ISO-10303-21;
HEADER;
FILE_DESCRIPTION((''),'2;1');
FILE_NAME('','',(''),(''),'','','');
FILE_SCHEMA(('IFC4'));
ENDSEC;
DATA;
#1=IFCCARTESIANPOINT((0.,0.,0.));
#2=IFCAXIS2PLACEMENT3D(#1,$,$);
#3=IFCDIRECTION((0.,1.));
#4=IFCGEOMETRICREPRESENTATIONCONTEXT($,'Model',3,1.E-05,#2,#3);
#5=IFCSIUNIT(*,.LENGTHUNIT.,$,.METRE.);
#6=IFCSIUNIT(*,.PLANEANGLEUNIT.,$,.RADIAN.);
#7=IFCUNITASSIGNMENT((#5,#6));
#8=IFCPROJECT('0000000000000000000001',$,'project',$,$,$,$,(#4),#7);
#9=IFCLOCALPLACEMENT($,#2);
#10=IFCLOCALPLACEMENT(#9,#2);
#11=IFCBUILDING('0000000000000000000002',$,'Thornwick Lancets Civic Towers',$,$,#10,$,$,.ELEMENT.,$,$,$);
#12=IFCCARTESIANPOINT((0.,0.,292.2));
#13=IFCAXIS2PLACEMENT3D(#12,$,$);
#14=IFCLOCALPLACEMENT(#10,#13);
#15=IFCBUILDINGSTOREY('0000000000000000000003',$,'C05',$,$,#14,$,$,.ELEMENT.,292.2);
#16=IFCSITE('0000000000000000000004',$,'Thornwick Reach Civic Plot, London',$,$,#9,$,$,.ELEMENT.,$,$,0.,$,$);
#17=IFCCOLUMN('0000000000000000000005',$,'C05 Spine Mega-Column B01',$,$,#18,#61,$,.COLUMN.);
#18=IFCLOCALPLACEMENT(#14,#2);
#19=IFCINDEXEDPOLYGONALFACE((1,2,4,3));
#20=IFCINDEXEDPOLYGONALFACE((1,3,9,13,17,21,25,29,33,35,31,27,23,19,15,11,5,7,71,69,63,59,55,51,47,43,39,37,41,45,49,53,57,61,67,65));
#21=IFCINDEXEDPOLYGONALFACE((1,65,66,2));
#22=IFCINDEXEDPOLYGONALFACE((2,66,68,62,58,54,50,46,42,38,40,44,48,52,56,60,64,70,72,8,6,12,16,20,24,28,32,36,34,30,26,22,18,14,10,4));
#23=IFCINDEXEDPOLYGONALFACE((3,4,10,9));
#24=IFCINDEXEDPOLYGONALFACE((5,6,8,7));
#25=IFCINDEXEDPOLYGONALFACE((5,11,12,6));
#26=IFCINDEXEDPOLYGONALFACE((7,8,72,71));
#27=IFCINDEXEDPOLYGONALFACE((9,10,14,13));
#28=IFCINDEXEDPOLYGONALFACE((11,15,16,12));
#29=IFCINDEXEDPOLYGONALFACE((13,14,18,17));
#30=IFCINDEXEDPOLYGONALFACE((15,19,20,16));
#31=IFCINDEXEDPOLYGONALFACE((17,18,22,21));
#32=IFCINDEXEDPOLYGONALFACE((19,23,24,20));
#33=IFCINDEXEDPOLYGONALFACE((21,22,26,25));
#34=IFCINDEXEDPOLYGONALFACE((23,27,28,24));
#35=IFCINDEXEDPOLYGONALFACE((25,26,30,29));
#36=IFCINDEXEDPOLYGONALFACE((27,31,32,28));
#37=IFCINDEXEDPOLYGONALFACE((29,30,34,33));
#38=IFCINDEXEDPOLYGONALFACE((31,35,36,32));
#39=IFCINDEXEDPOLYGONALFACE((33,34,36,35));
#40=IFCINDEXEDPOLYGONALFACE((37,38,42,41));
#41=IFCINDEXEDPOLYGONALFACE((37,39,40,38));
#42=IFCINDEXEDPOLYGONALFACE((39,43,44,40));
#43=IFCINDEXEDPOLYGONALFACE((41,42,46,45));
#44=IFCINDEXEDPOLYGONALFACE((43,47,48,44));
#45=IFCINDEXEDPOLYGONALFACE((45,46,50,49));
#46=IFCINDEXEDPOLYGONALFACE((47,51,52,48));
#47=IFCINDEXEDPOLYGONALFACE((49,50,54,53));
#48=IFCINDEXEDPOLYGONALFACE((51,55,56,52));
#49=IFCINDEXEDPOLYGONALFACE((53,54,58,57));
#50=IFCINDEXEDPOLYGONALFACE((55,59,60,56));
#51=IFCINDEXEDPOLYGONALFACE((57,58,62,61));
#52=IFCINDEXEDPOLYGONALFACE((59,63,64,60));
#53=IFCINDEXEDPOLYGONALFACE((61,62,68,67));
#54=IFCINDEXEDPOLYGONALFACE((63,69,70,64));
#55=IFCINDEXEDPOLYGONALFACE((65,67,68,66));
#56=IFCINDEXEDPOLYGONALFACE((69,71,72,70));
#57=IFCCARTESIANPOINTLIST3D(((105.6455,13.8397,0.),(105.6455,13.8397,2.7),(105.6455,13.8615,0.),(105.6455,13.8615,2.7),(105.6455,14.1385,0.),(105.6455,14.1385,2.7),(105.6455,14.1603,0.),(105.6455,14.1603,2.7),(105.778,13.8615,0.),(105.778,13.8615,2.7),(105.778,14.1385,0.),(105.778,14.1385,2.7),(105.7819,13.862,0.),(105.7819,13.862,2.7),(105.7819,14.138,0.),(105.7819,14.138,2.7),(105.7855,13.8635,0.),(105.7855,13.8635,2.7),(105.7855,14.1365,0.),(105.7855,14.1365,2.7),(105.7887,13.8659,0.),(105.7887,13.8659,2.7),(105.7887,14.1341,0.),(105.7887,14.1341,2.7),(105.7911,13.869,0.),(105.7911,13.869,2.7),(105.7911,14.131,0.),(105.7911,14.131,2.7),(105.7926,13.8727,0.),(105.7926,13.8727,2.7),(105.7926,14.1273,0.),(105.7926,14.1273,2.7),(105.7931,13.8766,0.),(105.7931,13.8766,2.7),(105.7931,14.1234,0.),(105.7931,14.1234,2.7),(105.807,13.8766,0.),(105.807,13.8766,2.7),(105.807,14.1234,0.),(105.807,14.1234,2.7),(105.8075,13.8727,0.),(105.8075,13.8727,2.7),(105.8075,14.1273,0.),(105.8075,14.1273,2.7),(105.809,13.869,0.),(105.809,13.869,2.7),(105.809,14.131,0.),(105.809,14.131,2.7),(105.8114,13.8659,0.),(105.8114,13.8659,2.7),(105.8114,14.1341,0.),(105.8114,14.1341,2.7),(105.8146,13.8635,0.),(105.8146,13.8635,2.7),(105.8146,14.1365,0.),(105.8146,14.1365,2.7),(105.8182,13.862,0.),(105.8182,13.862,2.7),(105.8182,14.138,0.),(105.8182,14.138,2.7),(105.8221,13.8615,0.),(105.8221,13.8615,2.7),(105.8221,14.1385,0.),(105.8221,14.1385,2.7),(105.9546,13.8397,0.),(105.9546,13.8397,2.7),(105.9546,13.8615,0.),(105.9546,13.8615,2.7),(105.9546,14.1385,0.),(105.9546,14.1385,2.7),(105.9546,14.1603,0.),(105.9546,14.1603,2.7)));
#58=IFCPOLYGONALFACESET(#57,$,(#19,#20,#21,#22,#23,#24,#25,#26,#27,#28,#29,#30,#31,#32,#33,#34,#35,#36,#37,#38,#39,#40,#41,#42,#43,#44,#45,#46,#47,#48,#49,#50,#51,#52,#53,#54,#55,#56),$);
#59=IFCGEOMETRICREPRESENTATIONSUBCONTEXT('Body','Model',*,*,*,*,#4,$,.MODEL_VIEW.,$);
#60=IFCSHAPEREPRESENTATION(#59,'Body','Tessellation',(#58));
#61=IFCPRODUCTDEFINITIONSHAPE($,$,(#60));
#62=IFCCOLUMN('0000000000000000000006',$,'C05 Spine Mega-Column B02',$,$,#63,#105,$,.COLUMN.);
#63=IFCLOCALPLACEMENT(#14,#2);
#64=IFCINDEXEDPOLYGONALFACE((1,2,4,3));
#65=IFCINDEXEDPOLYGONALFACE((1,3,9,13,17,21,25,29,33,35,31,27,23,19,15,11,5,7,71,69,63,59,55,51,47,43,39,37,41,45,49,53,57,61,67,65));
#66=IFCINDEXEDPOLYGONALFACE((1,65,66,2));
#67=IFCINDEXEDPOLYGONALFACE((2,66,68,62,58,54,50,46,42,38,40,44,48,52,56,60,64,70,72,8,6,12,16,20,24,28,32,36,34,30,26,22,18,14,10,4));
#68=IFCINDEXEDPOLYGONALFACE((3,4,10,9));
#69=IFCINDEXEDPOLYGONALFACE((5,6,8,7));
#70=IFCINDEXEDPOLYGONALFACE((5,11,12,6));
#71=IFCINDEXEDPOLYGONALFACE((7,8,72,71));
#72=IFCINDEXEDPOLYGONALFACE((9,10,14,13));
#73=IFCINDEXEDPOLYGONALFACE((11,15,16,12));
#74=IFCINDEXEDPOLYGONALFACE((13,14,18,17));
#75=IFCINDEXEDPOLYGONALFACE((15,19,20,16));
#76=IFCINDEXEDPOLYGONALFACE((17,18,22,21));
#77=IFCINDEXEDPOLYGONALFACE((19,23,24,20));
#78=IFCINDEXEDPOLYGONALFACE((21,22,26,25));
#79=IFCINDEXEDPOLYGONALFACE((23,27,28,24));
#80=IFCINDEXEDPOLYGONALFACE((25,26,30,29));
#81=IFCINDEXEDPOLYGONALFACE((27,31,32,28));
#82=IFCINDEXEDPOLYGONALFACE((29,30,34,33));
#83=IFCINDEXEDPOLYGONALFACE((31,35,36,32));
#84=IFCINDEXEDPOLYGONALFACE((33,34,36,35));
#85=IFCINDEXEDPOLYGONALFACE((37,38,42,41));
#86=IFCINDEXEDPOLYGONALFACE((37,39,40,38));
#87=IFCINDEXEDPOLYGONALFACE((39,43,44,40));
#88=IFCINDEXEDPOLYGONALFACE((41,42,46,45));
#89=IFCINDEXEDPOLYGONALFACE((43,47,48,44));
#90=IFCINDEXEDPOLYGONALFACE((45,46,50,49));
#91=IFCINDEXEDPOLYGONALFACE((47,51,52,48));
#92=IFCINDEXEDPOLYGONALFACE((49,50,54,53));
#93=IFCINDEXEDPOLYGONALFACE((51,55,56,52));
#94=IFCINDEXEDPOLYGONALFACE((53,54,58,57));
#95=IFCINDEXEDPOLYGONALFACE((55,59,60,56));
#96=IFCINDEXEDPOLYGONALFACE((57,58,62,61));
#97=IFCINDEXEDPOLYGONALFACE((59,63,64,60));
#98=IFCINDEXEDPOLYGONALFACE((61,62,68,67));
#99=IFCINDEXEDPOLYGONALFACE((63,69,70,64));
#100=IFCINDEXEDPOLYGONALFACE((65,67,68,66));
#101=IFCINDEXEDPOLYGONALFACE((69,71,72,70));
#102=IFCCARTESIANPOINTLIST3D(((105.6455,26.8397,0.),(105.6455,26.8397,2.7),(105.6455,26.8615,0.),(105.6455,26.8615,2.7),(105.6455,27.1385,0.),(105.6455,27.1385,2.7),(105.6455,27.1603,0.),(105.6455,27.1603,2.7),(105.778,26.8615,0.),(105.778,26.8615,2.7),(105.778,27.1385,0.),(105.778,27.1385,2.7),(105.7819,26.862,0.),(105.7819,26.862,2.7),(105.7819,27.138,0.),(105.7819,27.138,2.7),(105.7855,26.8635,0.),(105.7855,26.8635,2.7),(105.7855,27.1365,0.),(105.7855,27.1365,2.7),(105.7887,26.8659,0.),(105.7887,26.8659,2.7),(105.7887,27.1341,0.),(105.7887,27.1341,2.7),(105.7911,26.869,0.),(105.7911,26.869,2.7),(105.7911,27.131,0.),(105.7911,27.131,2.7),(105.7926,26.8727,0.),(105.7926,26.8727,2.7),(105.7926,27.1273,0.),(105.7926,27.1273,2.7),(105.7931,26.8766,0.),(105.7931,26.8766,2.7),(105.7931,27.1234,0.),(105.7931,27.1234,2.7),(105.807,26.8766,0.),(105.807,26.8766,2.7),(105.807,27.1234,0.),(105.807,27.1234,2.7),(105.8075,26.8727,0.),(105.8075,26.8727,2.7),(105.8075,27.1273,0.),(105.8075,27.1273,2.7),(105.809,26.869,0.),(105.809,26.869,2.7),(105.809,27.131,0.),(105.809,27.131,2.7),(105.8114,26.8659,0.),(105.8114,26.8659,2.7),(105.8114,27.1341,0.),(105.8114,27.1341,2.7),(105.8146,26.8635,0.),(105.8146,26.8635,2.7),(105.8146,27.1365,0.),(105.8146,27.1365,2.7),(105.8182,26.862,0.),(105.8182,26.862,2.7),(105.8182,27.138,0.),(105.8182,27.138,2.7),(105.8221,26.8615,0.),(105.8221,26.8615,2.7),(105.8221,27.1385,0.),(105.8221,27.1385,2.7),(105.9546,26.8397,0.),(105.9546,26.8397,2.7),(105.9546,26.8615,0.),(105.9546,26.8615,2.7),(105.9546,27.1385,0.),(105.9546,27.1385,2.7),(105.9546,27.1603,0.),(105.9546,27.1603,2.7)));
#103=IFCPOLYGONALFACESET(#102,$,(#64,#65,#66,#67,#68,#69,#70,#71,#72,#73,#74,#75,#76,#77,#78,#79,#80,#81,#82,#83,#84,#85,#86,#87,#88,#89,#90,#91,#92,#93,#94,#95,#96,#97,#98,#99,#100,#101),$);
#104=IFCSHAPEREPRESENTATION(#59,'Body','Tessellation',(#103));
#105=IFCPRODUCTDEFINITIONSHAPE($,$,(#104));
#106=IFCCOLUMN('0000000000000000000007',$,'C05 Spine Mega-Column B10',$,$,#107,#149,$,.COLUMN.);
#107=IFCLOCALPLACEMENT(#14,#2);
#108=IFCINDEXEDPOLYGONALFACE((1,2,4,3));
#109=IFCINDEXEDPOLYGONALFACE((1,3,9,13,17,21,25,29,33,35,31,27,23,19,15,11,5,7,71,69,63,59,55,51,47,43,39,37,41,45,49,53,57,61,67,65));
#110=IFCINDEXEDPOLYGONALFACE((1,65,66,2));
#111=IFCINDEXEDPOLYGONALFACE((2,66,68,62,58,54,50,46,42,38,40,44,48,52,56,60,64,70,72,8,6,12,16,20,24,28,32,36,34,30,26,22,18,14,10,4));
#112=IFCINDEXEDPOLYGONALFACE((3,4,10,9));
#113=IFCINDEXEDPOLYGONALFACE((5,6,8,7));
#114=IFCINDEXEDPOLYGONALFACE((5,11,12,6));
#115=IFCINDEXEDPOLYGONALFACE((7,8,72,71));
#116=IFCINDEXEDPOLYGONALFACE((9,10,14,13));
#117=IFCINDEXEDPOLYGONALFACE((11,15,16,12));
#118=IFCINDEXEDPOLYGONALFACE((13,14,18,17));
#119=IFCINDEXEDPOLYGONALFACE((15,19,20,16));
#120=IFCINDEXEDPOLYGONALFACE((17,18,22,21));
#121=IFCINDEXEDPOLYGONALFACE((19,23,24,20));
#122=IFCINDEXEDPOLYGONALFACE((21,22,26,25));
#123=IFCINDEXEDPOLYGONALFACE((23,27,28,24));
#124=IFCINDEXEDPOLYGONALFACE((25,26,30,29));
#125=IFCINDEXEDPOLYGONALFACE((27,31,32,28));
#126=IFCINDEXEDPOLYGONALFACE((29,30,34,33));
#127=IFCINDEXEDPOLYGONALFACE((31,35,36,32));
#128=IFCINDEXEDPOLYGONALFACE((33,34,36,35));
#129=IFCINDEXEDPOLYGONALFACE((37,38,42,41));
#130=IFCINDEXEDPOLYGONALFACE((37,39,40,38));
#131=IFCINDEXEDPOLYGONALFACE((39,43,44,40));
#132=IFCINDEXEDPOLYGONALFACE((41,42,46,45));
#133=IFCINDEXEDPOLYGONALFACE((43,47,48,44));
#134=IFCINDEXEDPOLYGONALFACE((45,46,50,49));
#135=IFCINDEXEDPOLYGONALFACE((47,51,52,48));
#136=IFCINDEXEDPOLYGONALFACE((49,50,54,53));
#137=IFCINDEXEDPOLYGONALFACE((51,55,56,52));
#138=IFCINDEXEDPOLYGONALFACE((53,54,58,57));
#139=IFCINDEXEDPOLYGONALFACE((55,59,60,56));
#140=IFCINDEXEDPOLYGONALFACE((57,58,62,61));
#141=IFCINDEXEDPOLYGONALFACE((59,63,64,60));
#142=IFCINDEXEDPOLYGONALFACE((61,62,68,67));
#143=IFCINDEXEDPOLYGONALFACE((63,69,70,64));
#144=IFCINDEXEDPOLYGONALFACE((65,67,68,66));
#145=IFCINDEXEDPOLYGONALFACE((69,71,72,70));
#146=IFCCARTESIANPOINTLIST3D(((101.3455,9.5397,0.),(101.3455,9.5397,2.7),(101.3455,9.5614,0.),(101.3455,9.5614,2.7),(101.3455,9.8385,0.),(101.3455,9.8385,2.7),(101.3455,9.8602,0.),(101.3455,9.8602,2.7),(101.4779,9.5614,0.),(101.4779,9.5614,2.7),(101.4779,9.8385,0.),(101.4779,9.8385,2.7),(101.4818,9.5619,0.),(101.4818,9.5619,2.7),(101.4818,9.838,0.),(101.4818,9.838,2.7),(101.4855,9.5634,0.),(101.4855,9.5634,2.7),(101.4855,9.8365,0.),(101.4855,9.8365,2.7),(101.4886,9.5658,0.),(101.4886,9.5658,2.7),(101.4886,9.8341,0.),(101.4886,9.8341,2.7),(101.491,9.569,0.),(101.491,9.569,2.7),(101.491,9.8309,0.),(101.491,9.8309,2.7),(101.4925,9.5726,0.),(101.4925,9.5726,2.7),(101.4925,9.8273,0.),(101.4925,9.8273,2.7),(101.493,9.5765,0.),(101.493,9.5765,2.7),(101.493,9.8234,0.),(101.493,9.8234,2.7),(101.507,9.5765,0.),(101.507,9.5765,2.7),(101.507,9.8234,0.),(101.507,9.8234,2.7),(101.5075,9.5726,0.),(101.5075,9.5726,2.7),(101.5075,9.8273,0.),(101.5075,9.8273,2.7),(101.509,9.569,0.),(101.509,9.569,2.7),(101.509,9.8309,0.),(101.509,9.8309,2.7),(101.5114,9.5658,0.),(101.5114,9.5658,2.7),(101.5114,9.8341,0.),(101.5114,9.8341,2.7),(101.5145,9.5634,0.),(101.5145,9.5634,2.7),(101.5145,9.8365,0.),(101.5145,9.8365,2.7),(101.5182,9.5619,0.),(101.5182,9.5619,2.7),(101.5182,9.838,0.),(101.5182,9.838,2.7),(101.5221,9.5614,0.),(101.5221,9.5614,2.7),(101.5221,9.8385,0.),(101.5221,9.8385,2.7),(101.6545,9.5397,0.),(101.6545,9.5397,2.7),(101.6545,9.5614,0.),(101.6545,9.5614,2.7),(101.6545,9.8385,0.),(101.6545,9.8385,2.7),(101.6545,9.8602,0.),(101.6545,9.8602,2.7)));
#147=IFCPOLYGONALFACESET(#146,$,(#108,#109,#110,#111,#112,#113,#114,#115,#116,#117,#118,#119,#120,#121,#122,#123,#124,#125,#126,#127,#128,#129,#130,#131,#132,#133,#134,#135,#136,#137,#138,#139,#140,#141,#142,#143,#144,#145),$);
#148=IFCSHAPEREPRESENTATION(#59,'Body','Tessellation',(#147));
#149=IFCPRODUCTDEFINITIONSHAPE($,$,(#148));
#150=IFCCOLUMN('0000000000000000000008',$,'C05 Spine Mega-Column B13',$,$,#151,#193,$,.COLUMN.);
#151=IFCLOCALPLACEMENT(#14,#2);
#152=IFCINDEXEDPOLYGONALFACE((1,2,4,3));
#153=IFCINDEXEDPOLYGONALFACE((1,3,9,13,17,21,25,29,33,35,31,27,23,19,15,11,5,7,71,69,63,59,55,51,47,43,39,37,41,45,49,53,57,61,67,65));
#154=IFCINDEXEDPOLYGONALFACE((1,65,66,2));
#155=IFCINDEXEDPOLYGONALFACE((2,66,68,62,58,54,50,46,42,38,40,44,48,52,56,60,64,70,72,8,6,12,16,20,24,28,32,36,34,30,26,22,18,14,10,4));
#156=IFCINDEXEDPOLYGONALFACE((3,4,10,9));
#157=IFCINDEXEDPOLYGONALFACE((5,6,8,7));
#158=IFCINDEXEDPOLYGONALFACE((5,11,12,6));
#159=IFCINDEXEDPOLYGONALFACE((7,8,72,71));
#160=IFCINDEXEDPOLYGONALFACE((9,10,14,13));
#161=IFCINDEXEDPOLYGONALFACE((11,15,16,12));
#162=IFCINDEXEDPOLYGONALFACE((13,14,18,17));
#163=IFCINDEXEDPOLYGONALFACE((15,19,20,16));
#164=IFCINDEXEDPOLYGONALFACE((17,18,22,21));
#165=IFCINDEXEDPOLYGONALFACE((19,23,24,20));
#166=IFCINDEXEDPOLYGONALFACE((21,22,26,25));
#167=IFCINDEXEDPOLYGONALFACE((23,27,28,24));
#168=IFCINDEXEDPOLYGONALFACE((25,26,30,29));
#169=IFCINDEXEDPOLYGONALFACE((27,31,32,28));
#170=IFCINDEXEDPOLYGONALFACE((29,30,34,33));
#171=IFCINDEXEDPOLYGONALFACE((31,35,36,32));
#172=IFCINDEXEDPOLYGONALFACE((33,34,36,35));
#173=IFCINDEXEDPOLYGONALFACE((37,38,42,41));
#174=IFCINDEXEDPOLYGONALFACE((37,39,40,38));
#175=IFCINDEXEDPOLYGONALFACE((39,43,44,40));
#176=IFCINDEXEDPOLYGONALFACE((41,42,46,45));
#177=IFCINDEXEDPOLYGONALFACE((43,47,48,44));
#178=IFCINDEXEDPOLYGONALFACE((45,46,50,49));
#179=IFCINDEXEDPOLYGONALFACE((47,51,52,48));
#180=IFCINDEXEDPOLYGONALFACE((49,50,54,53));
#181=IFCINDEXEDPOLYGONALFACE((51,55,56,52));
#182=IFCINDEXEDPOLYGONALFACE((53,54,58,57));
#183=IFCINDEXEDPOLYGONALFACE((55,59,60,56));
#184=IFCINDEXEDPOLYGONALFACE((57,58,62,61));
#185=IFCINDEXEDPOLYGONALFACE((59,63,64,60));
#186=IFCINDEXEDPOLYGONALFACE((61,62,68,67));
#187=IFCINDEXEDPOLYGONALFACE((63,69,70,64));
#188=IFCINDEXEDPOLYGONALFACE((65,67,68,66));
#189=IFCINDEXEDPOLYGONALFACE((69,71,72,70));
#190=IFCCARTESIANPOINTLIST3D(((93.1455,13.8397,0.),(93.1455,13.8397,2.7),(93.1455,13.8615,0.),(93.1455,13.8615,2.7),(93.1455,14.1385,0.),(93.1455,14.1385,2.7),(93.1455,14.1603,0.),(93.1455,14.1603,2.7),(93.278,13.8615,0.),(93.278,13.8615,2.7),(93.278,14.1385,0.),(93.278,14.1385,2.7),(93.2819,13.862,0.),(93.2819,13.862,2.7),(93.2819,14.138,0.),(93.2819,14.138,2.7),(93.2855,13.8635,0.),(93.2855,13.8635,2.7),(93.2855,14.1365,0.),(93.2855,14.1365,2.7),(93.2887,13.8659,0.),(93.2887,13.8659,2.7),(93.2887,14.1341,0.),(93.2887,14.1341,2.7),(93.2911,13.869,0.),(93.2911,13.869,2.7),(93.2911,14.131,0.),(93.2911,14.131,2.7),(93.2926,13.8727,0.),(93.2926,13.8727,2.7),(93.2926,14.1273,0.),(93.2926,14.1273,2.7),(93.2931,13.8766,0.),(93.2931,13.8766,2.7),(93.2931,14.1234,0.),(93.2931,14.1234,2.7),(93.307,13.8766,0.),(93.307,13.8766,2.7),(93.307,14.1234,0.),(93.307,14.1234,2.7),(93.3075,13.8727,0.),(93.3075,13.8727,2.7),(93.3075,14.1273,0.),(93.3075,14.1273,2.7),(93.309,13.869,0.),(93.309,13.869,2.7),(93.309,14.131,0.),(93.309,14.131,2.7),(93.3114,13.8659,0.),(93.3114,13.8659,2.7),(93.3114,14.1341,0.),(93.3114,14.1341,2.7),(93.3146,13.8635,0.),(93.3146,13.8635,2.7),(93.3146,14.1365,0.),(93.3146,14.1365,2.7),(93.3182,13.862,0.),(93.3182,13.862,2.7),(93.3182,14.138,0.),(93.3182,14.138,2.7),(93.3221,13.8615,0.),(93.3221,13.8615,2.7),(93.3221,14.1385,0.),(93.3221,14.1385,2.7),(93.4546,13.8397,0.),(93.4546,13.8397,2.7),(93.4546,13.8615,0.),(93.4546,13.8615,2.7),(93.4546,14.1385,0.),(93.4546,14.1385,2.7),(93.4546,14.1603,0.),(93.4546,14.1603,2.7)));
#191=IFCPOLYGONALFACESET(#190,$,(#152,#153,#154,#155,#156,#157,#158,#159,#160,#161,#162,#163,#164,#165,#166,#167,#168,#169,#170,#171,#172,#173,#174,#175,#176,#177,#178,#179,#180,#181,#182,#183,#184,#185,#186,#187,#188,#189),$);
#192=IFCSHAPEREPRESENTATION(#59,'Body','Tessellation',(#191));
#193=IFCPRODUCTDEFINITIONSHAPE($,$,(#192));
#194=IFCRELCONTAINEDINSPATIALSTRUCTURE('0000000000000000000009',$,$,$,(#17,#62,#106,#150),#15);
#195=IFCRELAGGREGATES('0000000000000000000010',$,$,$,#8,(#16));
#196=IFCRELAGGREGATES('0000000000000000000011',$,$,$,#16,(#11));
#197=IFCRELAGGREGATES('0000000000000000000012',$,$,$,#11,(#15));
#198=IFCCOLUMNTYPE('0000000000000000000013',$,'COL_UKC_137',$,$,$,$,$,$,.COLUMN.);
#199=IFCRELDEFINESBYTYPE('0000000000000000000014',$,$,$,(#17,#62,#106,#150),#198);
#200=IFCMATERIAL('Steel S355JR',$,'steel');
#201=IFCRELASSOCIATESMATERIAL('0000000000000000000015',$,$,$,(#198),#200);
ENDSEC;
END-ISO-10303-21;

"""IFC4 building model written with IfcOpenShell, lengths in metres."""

from ifc_helpers import new_model, si_unit, direction, frame, origin, origin_2d, place, context, subcontext, project, spatial, i_section, extrude, material, material_profile, profile_set, type_object, element, save


model = new_model("IFC4")

# Units and contexts
model_context = context("Model", 3, precision=1e-05, world=origin(), true_north=direction((0.0, 1.0)))
body_context = subcontext(model_context, "Body", "Model", "MODEL_VIEW")
ifc_project = project(units=[si_unit("LENGTHUNIT", "METRE"), si_unit("PLANEANGLEUNIT", "RADIAN")], contexts=[model_context])

# Site, building, storey
site_placement = place(None, origin())
site = spatial("IfcSite", under=ifc_project, at=site_placement, Name="Thornwick Reach Civic Plot, London", CompositionType="ELEMENT", RefElevation=0.0)
building_placement = place(site_placement, origin())
building = spatial("IfcBuilding", under=site, at=building_placement, Name="Thornwick Lancets Civic Towers", CompositionType="ELEMENT")
storey_placement = place(building_placement, frame((0.0, 0.0, 292.2)))
storey = spatial("IfcBuildingStorey", under=building, at=storey_placement, Name="C05", CompositionType="ELEMENT", Elevation=292.2)

# Columns
ifc_material_1 = material(Name="Steel S355JR", Category="steel")
ifc_material_profile_1 = material_profile(ifc_material_1, i_section(OverallWidth=0.3091, OverallDepth=0.3206, WebThickness=0.0139, FlangeThickness=0.0217, FilletRadius=0.0151, at=origin_2d()), Name="UKC 305x305x137")
ifc_profile_set_1 = profile_set([ifc_material_profile_1], Name="Steel S355JR")
column_type_1 = type_object("IfcColumnType", Name="COL_UKC_137", PredefinedType="COLUMN", material=ifc_profile_set_1)
for number, where, z_axis, x_axis, name in (
    (1, (105.8, 14.0, 0.0), (0.0, 0.0, 1.0), (1.0, 0.0, 0.0), "C05 Spine Mega-Column B01"),
    (2, (105.8, 27.0, 0.0), (0.0, 0.0, 1.0), (1.0, 0.0, 0.0), "C05 Spine Mega-Column B02"),
    (3, (101.5, 9.7, 0.0), (0.0, 0.0, 1.0), (1.0, 0.0, 0.0), "C05 Spine Mega-Column B10"),
    (4, (93.3, 14.0, 0.0), (0.0, 0.0, 1.0), (1.0, 0.0, 0.0), "C05 Spine Mega-Column B13"),
):
    element("IfcColumn", number, at=place(storey_placement, frame(where, z_axis=z_axis, x_axis=x_axis)), inside=storey, type_object=column_type_1, Name=name, PredefinedType="COLUMN", context=body_context, shape_type="SweptSolid", body=[
        extrude(i_section(OverallWidth=0.3091, OverallDepth=0.3206, WebThickness=0.0139, FlangeThickness=0.0217, FilletRadius=0.0151, at=origin_2d()), origin(), (0.0, 0.0, 1.0), 2.7),
    ])

save(model, "model.ifc")
